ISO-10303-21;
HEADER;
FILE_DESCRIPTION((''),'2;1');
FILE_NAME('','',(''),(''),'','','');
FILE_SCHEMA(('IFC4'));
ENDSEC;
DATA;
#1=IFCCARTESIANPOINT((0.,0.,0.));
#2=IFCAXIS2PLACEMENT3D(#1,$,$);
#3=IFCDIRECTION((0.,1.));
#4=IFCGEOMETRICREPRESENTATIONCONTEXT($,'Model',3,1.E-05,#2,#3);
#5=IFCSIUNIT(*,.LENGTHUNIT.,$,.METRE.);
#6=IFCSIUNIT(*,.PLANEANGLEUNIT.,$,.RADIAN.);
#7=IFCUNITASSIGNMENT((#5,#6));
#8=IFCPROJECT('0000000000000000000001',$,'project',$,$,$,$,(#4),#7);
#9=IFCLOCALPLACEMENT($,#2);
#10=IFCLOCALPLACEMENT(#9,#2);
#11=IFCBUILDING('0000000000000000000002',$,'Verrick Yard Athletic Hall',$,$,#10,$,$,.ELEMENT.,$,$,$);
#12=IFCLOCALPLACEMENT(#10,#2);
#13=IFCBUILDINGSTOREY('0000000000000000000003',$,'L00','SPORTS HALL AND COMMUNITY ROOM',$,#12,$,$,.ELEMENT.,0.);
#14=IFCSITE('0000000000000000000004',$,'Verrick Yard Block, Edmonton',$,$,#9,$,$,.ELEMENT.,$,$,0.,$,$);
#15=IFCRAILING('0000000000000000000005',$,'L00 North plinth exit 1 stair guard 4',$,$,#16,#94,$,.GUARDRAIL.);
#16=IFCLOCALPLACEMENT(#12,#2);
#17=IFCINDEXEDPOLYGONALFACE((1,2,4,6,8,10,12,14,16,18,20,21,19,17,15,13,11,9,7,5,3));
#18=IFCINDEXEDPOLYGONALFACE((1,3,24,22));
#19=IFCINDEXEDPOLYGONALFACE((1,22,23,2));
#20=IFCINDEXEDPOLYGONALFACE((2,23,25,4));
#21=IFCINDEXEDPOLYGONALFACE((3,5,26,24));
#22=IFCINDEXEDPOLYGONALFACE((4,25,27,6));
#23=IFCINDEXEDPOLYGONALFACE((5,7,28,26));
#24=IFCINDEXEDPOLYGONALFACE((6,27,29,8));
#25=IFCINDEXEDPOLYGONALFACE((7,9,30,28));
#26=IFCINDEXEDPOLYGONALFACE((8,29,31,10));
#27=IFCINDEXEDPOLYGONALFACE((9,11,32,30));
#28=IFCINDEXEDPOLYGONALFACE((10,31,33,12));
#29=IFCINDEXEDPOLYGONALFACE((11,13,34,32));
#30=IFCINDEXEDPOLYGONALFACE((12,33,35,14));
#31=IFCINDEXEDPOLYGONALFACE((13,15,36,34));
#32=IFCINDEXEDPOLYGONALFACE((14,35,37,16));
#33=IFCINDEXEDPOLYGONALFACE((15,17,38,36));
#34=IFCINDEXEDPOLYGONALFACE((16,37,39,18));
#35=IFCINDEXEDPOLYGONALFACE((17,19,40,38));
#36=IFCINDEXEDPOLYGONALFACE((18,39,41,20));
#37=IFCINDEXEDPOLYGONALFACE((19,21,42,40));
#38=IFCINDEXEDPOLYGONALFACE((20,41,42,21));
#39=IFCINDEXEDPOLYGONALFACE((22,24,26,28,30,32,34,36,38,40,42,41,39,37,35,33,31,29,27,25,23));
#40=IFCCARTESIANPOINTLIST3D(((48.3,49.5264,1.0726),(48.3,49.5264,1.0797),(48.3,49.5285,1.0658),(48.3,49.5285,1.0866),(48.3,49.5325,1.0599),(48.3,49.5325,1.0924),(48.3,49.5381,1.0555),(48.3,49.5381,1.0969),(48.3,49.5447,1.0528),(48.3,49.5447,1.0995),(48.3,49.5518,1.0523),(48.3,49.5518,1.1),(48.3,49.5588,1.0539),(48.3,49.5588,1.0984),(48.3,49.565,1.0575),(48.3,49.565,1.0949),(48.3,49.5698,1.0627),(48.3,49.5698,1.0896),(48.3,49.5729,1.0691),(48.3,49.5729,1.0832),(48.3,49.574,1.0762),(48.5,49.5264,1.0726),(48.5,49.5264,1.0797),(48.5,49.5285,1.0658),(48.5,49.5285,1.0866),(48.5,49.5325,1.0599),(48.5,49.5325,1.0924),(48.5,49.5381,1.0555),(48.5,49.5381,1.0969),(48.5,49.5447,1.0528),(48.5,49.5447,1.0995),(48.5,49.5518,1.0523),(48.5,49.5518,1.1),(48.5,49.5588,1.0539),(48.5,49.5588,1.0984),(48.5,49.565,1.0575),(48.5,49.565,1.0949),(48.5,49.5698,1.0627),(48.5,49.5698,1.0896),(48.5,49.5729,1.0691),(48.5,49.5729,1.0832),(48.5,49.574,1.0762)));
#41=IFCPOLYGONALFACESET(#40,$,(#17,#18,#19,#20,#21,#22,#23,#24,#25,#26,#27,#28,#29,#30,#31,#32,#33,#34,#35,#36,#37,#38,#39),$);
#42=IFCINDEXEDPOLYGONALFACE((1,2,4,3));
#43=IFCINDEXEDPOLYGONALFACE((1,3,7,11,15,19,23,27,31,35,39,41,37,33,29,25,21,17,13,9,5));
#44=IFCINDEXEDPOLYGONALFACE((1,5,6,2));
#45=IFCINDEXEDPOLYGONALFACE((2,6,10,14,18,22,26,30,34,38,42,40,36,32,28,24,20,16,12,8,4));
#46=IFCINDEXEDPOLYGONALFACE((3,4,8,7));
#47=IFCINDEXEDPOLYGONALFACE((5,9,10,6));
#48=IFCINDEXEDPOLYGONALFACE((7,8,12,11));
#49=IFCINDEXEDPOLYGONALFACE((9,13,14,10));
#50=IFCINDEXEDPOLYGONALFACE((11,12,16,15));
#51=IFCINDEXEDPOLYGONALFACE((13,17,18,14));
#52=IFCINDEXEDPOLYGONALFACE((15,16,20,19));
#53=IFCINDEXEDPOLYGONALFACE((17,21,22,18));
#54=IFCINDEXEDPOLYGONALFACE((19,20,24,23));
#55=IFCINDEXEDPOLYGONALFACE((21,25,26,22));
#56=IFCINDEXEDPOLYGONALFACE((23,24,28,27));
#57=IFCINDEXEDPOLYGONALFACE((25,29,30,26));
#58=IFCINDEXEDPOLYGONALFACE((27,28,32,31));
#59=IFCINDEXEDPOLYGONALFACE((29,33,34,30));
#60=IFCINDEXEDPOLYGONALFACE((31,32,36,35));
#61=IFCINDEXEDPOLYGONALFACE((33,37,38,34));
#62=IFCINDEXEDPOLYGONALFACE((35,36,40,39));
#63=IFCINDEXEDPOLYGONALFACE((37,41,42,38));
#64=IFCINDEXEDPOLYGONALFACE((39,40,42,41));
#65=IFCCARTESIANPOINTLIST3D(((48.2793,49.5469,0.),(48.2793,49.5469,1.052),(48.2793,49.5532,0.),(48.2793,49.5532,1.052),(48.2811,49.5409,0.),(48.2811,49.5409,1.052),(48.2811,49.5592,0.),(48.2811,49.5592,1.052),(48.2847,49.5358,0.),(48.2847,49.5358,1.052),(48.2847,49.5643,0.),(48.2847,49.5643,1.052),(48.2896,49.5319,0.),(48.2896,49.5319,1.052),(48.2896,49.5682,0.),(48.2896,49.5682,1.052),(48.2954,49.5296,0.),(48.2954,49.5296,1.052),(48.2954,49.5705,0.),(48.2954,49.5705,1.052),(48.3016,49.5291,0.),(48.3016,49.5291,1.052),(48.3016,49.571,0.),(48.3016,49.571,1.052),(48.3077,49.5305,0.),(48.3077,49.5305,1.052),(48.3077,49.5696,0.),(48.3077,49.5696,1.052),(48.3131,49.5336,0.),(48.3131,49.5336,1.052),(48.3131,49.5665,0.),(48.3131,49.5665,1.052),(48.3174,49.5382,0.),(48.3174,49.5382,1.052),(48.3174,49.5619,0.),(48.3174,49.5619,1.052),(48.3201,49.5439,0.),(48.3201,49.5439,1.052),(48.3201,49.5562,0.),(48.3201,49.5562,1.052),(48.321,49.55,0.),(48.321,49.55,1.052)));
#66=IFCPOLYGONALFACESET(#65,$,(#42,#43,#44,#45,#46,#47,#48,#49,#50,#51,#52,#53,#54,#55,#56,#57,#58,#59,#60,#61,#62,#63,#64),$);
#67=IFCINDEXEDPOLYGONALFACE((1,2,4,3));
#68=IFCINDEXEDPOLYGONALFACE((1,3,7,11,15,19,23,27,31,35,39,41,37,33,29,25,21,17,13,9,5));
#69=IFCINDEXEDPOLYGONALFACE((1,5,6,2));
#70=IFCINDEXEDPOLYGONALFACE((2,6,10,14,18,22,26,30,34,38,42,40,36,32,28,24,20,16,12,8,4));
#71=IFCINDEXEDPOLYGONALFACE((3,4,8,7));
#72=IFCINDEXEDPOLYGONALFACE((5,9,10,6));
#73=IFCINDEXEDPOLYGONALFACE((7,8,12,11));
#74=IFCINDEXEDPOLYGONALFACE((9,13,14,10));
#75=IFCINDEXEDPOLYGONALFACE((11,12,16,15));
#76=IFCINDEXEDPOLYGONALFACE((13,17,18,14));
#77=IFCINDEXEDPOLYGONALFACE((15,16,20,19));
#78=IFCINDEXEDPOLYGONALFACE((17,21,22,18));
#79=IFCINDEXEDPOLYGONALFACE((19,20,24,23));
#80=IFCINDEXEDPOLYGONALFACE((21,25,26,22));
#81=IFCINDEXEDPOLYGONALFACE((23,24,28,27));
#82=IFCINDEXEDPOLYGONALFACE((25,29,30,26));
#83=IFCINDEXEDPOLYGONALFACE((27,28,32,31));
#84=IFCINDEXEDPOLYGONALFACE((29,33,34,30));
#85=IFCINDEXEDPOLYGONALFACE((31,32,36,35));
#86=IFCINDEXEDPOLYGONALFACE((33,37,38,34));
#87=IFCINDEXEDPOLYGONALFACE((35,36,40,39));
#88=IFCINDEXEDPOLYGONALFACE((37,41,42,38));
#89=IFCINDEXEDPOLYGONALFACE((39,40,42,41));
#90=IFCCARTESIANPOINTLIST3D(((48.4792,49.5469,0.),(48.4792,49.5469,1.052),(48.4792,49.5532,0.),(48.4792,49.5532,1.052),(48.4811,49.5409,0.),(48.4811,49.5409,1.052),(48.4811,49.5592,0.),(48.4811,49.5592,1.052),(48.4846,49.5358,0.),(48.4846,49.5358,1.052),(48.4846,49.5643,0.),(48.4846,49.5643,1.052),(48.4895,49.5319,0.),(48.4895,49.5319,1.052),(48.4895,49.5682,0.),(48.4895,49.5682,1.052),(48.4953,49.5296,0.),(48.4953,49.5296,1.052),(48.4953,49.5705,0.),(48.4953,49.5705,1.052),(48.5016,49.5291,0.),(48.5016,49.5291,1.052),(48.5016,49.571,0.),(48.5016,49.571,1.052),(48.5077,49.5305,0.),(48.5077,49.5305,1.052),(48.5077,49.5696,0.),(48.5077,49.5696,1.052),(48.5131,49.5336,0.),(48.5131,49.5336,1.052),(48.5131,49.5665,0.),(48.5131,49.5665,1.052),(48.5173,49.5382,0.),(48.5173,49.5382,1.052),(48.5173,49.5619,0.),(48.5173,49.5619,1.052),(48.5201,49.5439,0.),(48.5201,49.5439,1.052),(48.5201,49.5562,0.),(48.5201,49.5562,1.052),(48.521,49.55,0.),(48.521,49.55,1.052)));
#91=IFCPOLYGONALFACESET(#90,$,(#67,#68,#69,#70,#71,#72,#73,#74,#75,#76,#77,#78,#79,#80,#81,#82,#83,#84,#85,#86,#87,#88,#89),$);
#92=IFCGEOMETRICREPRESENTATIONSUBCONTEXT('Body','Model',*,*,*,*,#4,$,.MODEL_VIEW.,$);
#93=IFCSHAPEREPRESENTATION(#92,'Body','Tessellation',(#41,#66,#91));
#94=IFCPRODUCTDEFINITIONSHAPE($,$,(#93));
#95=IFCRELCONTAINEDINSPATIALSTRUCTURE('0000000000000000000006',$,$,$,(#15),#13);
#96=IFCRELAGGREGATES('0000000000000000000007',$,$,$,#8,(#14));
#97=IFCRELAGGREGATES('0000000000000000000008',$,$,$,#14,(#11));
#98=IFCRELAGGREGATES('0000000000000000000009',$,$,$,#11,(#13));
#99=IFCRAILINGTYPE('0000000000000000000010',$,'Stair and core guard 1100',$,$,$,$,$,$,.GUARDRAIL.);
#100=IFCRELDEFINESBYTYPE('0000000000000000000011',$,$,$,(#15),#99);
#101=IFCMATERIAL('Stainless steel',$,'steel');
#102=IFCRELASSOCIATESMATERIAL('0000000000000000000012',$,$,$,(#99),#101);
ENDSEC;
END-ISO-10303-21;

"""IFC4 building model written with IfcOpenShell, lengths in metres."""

from ifc_helpers import new_model, si_unit, direction, frame, origin, origin_2d, place, context, subcontext, project, spatial, circle, extrude, material, type_object, element, save


model = new_model("IFC4")

# Units and contexts
model_context = context("Model", 3, precision=1e-05, world=origin(), true_north=direction((0.0, 1.0)))
body_context = subcontext(model_context, "Body", "Model", "MODEL_VIEW")
ifc_project = project(units=[si_unit("LENGTHUNIT", "METRE"), si_unit("PLANEANGLEUNIT", "RADIAN")], contexts=[model_context])

# Site, building, storey
site_placement = place(None, origin())
site = spatial("IfcSite", under=ifc_project, at=site_placement, Name="Verrick Yard Block, Edmonton", CompositionType="ELEMENT", RefElevation=0.0)
building_placement = place(site_placement, origin())
building = spatial("IfcBuilding", under=site, at=building_placement, Name="Verrick Yard Athletic Hall", CompositionType="ELEMENT")
storey_placement = place(building_placement, origin())
storey = spatial("IfcBuildingStorey", under=building, at=storey_placement, Name="L00", Description="SPORTS HALL AND COMMUNITY ROOM", CompositionType="ELEMENT", Elevation=0.0)

# Railing
ifc_material_1 = material(Name="Stainless steel", Category="steel")
railing_type_1 = type_object("IfcRailingType", Name="Stair and core guard 1100", PredefinedType="GUARDRAIL", material=ifc_material_1)
railing_1_placement = place(storey_placement, frame((48.3, 49.55, 0.0)))
element("IfcRailing", 1, at=railing_1_placement, inside=storey, type_object=railing_type_1, Name="L00 North plinth exit 1 stair guard 4", PredefinedType="GUARDRAIL", context=body_context, shape_type="SweptSolid", body=[
    extrude(circle(Radius=0.0239, at=origin_2d()), frame((0.0, 0.0, 1.0762), z_axis=(1.0, 0.0, 0.0), x_axis=(0.0, 1.0, 0.0)), (0.0, 0.0, 1.0), 0.2),
    extrude(circle(Radius=0.021, at=origin_2d()), origin(), (0.0, 0.0, 1.0), 1.052),
    extrude(circle(Radius=0.021, at=origin_2d()), frame((0.2, 0.0, 0.0)), (0.0, 0.0, 1.0), 1.052),
])

save(model, "model.ifc")
